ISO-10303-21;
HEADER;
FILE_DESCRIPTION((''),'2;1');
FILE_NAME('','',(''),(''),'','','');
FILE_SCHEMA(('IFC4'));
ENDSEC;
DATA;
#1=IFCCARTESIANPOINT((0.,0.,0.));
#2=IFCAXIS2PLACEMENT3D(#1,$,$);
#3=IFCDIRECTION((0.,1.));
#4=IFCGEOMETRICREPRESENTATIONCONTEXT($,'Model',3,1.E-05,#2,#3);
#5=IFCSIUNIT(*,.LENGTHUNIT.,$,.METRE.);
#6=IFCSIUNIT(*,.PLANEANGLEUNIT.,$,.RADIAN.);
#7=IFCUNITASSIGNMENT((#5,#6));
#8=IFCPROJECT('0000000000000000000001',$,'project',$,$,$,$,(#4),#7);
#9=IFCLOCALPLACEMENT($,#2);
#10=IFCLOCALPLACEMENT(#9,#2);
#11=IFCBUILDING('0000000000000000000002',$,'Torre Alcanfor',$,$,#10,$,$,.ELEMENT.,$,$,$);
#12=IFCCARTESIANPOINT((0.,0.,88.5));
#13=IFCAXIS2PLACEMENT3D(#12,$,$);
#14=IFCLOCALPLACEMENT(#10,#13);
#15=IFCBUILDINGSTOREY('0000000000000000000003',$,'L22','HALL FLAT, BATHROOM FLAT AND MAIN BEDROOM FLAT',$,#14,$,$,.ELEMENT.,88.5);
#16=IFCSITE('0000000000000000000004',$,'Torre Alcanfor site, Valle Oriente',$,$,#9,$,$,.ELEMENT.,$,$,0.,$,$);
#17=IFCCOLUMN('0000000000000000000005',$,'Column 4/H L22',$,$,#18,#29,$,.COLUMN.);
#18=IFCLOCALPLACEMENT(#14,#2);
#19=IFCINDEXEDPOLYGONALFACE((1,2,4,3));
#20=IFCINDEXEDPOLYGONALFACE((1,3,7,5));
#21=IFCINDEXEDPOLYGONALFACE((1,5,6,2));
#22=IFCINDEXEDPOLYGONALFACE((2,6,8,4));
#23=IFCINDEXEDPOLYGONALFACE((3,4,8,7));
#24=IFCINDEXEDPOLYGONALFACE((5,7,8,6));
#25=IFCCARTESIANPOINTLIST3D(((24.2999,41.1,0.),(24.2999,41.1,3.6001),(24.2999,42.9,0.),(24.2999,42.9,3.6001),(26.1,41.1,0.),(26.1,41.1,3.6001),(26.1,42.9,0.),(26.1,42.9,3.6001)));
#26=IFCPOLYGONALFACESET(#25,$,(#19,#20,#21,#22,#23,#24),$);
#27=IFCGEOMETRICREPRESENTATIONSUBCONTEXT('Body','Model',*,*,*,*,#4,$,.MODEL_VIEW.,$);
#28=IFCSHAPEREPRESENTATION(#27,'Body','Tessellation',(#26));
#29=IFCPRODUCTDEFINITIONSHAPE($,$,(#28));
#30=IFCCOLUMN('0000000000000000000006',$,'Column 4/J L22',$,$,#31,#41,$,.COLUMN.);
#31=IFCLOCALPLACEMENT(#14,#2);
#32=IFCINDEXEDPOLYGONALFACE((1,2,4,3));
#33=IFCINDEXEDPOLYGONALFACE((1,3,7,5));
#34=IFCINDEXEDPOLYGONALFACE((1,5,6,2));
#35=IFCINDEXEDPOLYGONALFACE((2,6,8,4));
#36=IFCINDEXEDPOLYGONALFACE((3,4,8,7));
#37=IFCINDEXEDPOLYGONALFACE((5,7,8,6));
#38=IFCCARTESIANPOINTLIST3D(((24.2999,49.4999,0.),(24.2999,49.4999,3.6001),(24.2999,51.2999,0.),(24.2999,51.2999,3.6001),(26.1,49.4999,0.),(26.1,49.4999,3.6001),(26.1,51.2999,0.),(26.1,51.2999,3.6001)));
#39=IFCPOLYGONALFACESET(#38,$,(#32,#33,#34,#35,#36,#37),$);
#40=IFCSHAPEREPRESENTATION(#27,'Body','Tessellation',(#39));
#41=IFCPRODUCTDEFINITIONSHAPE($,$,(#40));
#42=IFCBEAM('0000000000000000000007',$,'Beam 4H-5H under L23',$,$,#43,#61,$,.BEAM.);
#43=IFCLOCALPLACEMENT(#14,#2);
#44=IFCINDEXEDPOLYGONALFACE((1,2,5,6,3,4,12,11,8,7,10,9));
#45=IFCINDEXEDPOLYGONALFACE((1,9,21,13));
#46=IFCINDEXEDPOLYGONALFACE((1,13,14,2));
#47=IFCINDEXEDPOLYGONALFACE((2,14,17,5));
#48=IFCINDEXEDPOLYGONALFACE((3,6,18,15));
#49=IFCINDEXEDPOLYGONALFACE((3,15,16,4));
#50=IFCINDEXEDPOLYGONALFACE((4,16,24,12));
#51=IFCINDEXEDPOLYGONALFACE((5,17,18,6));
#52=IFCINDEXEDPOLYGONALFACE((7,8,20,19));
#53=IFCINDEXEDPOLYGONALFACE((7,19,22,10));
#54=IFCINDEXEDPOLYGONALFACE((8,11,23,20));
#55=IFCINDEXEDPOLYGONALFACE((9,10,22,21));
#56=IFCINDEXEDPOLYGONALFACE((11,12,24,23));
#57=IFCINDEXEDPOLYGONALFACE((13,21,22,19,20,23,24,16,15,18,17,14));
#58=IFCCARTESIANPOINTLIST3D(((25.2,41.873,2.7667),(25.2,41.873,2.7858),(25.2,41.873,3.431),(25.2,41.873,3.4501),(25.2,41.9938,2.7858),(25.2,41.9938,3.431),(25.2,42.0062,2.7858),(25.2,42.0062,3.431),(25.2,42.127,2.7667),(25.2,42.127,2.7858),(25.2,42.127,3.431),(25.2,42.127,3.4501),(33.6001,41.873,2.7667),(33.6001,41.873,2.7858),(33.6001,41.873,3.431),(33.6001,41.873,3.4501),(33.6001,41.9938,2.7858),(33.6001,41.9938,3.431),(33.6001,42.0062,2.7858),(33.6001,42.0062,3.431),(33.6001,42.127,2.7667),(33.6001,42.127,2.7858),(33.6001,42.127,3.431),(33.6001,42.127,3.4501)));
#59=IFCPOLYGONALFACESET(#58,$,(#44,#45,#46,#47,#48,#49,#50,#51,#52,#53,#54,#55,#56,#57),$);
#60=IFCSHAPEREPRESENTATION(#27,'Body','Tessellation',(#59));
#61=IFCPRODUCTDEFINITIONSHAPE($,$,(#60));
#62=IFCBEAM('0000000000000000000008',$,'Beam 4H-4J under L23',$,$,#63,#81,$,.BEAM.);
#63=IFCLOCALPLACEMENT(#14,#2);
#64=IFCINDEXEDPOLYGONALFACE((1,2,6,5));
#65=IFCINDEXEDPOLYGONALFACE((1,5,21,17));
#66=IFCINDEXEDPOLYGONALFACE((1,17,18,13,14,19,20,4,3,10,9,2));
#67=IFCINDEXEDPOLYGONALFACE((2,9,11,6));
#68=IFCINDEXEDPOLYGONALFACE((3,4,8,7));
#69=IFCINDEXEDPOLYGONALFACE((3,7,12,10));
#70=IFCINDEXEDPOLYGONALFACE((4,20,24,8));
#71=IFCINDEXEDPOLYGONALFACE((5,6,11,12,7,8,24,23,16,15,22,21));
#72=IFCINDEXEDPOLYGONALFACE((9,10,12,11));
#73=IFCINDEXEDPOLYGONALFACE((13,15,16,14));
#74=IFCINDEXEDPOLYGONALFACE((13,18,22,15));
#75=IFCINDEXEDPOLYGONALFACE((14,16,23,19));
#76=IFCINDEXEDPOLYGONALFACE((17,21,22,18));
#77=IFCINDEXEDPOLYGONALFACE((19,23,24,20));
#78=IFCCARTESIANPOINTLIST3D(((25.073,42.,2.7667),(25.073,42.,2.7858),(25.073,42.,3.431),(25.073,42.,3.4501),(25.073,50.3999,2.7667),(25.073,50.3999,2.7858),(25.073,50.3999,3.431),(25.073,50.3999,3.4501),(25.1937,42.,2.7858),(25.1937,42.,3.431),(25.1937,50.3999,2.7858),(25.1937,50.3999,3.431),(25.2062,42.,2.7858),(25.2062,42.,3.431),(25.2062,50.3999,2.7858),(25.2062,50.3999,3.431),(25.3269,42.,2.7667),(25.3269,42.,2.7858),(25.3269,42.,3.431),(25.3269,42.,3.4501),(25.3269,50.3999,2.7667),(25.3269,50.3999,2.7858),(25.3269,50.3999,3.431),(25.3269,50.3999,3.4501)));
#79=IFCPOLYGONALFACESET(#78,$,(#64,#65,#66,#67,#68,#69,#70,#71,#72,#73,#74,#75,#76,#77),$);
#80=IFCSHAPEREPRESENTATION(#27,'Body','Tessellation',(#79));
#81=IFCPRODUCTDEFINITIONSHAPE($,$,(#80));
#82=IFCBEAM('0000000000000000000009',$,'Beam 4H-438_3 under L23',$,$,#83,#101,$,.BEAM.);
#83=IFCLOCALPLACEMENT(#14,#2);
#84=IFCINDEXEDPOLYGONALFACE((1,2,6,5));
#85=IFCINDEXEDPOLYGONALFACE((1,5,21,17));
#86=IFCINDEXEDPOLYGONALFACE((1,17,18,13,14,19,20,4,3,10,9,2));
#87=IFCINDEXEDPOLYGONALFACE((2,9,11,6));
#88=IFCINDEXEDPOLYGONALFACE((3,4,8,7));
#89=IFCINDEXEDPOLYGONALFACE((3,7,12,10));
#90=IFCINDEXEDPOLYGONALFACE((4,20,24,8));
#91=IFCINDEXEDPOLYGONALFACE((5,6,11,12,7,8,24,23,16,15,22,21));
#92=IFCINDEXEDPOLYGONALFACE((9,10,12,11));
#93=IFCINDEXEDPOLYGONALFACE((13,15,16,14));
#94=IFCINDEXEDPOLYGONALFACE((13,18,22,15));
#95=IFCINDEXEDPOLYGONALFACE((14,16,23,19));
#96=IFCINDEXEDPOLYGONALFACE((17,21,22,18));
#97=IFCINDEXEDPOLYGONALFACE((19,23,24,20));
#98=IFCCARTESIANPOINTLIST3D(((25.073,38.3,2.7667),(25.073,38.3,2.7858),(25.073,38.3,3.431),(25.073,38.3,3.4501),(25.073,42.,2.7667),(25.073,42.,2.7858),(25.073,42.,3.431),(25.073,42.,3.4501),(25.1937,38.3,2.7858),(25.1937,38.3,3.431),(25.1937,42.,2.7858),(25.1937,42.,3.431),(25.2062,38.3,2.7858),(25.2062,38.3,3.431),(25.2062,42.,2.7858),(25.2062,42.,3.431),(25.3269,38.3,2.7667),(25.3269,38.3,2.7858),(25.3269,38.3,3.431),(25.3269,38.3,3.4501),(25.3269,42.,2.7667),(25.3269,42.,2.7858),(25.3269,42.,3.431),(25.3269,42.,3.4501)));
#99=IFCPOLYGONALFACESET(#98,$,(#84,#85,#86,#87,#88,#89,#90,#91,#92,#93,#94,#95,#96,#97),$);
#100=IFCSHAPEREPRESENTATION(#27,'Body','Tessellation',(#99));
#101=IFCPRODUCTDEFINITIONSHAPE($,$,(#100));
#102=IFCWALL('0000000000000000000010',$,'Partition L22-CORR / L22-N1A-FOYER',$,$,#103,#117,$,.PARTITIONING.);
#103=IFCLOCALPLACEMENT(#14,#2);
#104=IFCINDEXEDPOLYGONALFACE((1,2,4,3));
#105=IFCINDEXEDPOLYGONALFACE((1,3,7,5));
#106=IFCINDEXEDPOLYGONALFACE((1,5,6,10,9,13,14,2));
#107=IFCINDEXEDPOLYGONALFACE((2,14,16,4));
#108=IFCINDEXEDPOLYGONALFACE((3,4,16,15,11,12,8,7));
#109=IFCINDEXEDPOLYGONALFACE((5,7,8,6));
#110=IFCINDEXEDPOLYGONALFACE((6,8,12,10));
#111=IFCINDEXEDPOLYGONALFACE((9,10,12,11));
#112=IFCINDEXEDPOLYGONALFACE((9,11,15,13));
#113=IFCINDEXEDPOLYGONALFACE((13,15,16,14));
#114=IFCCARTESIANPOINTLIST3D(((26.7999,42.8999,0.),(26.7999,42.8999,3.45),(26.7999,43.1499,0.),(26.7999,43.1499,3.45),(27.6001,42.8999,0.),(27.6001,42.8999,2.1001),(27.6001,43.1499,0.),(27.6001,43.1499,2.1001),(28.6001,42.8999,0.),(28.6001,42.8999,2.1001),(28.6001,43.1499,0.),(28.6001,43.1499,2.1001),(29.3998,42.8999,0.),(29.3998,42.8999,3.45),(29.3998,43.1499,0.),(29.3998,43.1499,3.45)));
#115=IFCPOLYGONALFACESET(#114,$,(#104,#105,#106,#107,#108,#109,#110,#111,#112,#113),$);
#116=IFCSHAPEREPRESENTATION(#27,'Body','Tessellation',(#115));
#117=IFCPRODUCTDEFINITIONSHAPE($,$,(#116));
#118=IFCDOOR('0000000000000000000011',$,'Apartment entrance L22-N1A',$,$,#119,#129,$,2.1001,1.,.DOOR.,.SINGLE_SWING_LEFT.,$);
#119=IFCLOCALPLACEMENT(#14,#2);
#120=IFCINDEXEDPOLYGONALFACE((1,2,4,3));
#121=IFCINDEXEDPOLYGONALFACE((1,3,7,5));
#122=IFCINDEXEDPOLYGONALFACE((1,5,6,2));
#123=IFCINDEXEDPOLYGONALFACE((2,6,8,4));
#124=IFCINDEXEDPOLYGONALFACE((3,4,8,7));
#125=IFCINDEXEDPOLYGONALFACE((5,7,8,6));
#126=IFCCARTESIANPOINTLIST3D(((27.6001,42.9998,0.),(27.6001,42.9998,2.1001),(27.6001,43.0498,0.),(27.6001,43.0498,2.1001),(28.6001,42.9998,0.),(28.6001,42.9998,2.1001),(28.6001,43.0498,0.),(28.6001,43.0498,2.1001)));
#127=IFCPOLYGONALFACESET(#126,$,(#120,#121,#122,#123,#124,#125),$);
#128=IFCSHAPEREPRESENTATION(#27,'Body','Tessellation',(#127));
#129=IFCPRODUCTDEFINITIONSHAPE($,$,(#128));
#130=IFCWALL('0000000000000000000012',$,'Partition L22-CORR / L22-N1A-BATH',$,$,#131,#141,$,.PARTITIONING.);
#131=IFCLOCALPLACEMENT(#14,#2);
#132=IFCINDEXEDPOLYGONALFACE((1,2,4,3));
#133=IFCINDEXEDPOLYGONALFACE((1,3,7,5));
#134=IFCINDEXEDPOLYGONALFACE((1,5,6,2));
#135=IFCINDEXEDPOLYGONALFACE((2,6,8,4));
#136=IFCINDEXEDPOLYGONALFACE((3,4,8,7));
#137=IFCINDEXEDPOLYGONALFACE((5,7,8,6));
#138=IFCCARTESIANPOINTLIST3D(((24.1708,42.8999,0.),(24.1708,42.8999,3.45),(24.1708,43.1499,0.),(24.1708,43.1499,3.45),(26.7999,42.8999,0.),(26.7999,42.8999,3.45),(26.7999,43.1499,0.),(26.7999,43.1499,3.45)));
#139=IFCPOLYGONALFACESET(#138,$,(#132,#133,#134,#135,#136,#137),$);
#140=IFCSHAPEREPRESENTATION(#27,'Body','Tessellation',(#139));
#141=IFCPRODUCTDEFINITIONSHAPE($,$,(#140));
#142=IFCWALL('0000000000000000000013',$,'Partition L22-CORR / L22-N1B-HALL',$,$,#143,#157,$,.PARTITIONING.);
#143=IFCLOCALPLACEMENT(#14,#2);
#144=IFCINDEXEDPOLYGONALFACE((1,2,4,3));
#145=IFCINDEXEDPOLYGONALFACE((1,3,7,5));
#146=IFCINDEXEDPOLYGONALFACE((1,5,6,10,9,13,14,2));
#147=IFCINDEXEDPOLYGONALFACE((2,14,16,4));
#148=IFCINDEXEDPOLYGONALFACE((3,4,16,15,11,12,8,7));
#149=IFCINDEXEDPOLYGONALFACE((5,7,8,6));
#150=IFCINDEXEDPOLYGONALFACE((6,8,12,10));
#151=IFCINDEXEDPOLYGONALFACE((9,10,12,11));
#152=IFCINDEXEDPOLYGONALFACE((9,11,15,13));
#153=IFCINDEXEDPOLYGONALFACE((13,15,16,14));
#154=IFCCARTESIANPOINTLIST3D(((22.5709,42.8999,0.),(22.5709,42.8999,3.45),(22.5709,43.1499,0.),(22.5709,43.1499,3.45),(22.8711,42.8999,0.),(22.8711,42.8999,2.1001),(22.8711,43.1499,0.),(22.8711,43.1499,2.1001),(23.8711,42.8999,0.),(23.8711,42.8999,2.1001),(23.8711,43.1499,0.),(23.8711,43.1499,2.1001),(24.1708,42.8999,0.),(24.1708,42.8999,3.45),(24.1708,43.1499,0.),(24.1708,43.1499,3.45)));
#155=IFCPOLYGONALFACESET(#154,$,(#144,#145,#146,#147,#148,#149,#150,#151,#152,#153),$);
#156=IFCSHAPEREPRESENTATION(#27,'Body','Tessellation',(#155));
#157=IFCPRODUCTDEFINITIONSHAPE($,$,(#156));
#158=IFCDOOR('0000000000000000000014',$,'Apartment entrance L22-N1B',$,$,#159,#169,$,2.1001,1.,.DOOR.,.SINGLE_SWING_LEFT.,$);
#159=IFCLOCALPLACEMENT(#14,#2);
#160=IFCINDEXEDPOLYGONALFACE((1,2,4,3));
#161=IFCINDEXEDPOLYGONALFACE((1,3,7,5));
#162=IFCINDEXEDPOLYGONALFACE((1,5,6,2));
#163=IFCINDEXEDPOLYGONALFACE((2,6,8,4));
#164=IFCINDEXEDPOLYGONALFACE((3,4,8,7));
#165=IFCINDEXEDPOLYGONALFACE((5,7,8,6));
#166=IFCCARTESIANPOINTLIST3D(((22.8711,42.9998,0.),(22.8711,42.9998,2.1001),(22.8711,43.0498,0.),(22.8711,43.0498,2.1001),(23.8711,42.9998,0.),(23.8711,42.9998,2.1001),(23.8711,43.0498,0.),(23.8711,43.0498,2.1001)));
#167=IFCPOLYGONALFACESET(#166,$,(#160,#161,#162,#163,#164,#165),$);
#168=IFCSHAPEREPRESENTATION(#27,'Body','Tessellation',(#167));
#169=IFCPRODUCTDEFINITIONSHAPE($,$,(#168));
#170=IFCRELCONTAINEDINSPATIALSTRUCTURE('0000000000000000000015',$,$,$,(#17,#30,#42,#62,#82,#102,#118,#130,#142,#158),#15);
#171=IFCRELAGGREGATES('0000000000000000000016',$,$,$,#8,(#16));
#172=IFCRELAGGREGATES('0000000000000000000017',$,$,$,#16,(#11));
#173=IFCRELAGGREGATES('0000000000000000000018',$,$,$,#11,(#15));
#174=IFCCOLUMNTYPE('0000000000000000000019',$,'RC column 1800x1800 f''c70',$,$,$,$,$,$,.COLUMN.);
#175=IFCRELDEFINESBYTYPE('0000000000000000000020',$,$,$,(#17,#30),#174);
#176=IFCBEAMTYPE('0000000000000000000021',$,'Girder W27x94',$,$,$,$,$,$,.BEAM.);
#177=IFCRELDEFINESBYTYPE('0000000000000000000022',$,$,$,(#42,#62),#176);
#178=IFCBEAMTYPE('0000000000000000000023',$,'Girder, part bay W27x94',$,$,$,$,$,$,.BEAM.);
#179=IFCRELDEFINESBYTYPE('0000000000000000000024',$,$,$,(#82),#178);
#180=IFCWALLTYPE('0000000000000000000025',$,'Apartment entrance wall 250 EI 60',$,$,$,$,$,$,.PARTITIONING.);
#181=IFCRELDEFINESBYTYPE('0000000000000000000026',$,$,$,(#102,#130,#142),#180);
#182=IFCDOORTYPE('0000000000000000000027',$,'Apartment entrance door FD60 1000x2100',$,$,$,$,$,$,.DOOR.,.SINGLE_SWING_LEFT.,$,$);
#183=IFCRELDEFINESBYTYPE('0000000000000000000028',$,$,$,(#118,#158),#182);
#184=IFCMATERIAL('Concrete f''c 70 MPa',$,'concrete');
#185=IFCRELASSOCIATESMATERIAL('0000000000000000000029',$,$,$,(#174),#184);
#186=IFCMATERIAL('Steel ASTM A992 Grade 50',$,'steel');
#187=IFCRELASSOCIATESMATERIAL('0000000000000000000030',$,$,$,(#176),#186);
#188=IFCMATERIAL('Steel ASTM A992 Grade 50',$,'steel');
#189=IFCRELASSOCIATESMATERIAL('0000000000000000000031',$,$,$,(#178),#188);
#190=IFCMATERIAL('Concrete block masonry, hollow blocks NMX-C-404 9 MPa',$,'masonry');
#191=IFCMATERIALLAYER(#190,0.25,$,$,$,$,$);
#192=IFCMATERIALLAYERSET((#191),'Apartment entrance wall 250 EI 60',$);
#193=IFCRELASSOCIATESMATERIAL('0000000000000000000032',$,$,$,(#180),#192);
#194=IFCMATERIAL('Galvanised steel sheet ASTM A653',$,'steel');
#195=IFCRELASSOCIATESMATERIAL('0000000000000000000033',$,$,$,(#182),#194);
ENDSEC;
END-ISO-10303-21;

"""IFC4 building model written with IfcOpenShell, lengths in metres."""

from ifc_helpers import new_model, si_unit, direction, frame, frame_2d, origin, origin_2d, place, context, subcontext, project, spatial, rectangle, i_section, extrude, material, layer, layer_set, material_profile, profile_set, type_object, element, fill, save


model = new_model("IFC4")

# Units and contexts
model_context = context("Model", 3, precision=1e-05, world=origin(), true_north=direction((0.0, 1.0)))
body_context = subcontext(model_context, "Body", "Model", "MODEL_VIEW")
ifc_project = project(units=[si_unit("LENGTHUNIT", "METRE"), si_unit("PLANEANGLEUNIT", "RADIAN")], contexts=[model_context])

# Site, building, storey
site_placement = place(None, origin())
site = spatial("IfcSite", under=ifc_project, at=site_placement, Name="Torre Alcanfor site, Valle Oriente", CompositionType="ELEMENT", RefElevation=0.0)
building_placement = place(site_placement, origin())
building = spatial("IfcBuilding", under=site, at=building_placement, Name="Torre Alcanfor", CompositionType="ELEMENT")
storey_placement = place(building_placement, frame((0.0, 0.0, 88.5)))
storey = spatial("IfcBuildingStorey", under=building, at=storey_placement, Name="L22", Description="HALL FLAT, BATHROOM FLAT AND MAIN BEDROOM FLAT", CompositionType="ELEMENT", Elevation=88.5)

# Columns
ifc_material_1 = material(Name="Concrete f'c 70 MPa", Category="concrete")
ifc_material_profile_1 = material_profile(ifc_material_1, rectangle(XDim=1.8, YDim=1.8, at=origin_2d()), Name="1800x1800")
ifc_profile_set_1 = profile_set([ifc_material_profile_1], Name="Concrete f'c 70 MPa")
column_type = type_object("IfcColumnType", Name="RC column 1800x1800 f'c70", PredefinedType="COLUMN", material=ifc_profile_set_1)
for number, where, z_axis, x_axis, name in (
    (1, (25.2, 42.0, 0.0), (0.0, 0.0, 1.0), (1.0, 0.0, 0.0), "Column 4/H L22"),
    (2, (25.2, 50.3999, 0.0), (0.0, 0.0, 1.0), (1.0, 0.0, 0.0), "Column 4/J L22"),
):
    element("IfcColumn", number, at=place(storey_placement, frame(where, z_axis=z_axis, x_axis=x_axis)), inside=storey, type_object=column_type, Name=name, PredefinedType="COLUMN", context=body_context, shape_type="SweptSolid", body=[
        extrude(rectangle(XDim=1.8, YDim=1.8, at=origin_2d()), origin(), (0.0, 0.0, 1.0), 3.6001),
    ])

# Beams
ifc_material_2 = material(Name="Steel ASTM A992 Grade 50", Category="steel")
ifc_material_profile_2 = material_profile(ifc_material_2, i_section(OverallWidth=0.2539, OverallDepth=0.6833, WebThickness=0.0125, FlangeThickness=0.019, at=origin_2d()), Name="W27x94")
ifc_profile_set_2 = profile_set([ifc_material_profile_2], Name="Steel ASTM A992 Grade 50")
beam_type_1 = type_object("IfcBeamType", Name="Girder W27x94", PredefinedType="BEAM", material=ifc_profile_set_2)
beam_1_placement = place(storey_placement, frame((25.2, 42.0, 3.1084), z_axis=(1.0, 0.0, 0.0), x_axis=(0.0, 1.0, 0.0)))
element("IfcBeam", 3, at=beam_1_placement, inside=storey, type_object=beam_type_1, Name="Beam 4H-5H under L23", PredefinedType="BEAM", context=body_context, shape_type="SweptSolid", body=[
    extrude(i_section(OverallWidth=0.2539, OverallDepth=0.6833, WebThickness=0.0125, FlangeThickness=0.019, at=origin_2d()), origin(), (0.0, 0.0, 1.0), 8.4001),
])
beam_2_placement = place(storey_placement, frame((25.2, 42.0, 3.1084), z_axis=(0.0, 1.0, 0.0), x_axis=(-1.0, 0.0, 0.0)))
element("IfcBeam", 4, at=beam_2_placement, inside=storey, type_object=beam_type_1, Name="Beam 4H-4J under L23", PredefinedType="BEAM", context=body_context, shape_type="SweptSolid", body=[
    extrude(i_section(OverallWidth=0.2539, OverallDepth=0.6833, WebThickness=0.0125, FlangeThickness=0.019, at=origin_2d()), origin(), (0.0, 0.0, 1.0), 8.3999),
])
ifc_material_3 = material(Name="Steel ASTM A992 Grade 50", Category="steel")
ifc_material_profile_3 = material_profile(ifc_material_3, i_section(OverallWidth=0.2539, OverallDepth=0.6833, WebThickness=0.0125, FlangeThickness=0.019, at=origin_2d()), Name="W27x94")
ifc_profile_set_3 = profile_set([ifc_material_profile_3], Name="Steel ASTM A992 Grade 50")
beam_type_2 = type_object("IfcBeamType", Name="Girder, part bay W27x94", PredefinedType="BEAM", material=ifc_profile_set_3)
beam_3_placement = place(storey_placement, frame((25.2, 42.0, 3.1084), z_axis=(0.0, -1.0, 0.0), x_axis=(1.0, 0.0, 0.0)))
element("IfcBeam", 5, at=beam_3_placement, inside=storey, type_object=beam_type_2, Name="Beam 4H-438_3 under L23", PredefinedType="BEAM", context=body_context, shape_type="SweptSolid", body=[
    extrude(i_section(OverallWidth=0.2539, OverallDepth=0.6833, WebThickness=0.0125, FlangeThickness=0.019, at=origin_2d()), origin(), (0.0, 0.0, 1.0), 3.7),
])

# Wall, opening, door
ifc_material_4 = material(Name="Concrete block masonry, hollow blocks NMX-C-404 9 MPa", Category="masonry")
ifc_layer_1 = layer(ifc_material_4, 0.25)
ifc_layer_set_1 = layer_set([ifc_layer_1], Name="Apartment entrance wall 250 EI 60")
wall_type_1 = type_object("IfcWallType", Name="Apartment entrance wall 250 EI 60", PredefinedType="PARTITIONING", material=ifc_layer_set_1)
wall_1_placement = place(storey_placement, frame((26.8, 43.0249, 0.0), z_axis=(0.0, 0.0, 1.0), x_axis=(1.0, 0.0, 0.0)))
wall_1 = element("IfcWall", 6, at=wall_1_placement, inside=storey, type_object=wall_type_1, Name="Partition L22-CORR / L22-N1A-FOYER", PredefinedType="PARTITIONING", context=body_context, shape_type="SweptSolid", body=[
    extrude(rectangle(XDim=2.5999, YDim=0.25, at=frame_2d((1.2998, 0.0))), origin(), (0.0, 0.0, 1.0), 3.45),
])
opening_1_placement = place(wall_1_placement, frame((0.8, 0.0, 0.0)))
opening_1 = element("IfcOpeningElement", 7, at=opening_1_placement, cuts=wall_1, PredefinedType="OPENING", context=body_context, shape_type="SweptSolid", body=[
    extrude(rectangle(XDim=1.0, YDim=2.1001, at=frame_2d((0.5, 1.05))), frame((0.0, 0.135, 0.0), z_axis=(0.0, -1.0, 0.0), x_axis=(1.0, 0.0, 0.0)), (0.0, 0.0, 1.0), 0.27),
])
ifc_material_5 = material(Name="Galvanised steel sheet ASTM A653", Category="steel")
door_type_1 = type_object("IfcDoorType", Name="Apartment entrance door FD60 1000x2100", OperationType="SINGLE_SWING_LEFT", PredefinedType="DOOR", material=ifc_material_5)
door_1_placement = place(opening_1_placement, origin())
door_1 = element("IfcDoor", 8, at=door_1_placement, inside=storey, type_object=door_type_1, Name="Apartment entrance L22-N1A", OperationType="SINGLE_SWING_LEFT", OverallHeight=2.1001, OverallWidth=1.0, PredefinedType="DOOR", context=body_context, shape_type="SweptSolid", body=[
    extrude(rectangle(XDim=1.0, YDim=2.1001, at=frame_2d((0.5, 1.05))), frame((0.0, 0.0249, 0.0), z_axis=(0.0, -1.0, 0.0), x_axis=(1.0, 0.0, 0.0)), (0.0, 0.0, 1.0), 0.05),
])
fill(opening_1, door_1)

# Wall
wall_2_placement = place(storey_placement, frame((24.1709, 43.0249, 0.0), z_axis=(0.0, 0.0, 1.0), x_axis=(1.0, 0.0, 0.0)))
element("IfcWall", 9, at=wall_2_placement, inside=storey, type_object=wall_type_1, Name="Partition L22-CORR / L22-N1A-BATH", PredefinedType="PARTITIONING", context=body_context, shape_type="SweptSolid", body=[
    extrude(rectangle(XDim=2.6292, YDim=0.25, at=frame_2d((1.3145, 0.0))), origin(), (0.0, 0.0, 1.0), 3.45),
])

# Wall, opening, door
wall_3_placement = place(storey_placement, frame((22.571, 43.0249, 0.0), z_axis=(0.0, 0.0, 1.0), x_axis=(1.0, 0.0, 0.0)))
wall_3 = element("IfcWall", 10, at=wall_3_placement, inside=storey, type_object=wall_type_1, Name="Partition L22-CORR / L22-N1B-HALL", PredefinedType="PARTITIONING", context=body_context, shape_type="SweptSolid", body=[
    extrude(rectangle(XDim=1.5999, YDim=0.25, at=frame_2d((0.7998, 0.0))), origin(), (0.0, 0.0, 1.0), 3.45),
])
opening_2_placement = place(wall_3_placement, frame((0.3, 0.0, 0.0)))
opening_2 = element("IfcOpeningElement", 11, at=opening_2_placement, cuts=wall_3, PredefinedType="OPENING", context=body_context, shape_type="SweptSolid", body=[
    extrude(rectangle(XDim=1.0, YDim=2.1001, at=frame_2d((0.5, 1.05))), frame((0.0, 0.135, 0.0), z_axis=(0.0, -1.0, 0.0), x_axis=(1.0, 0.0, 0.0)), (0.0, 0.0, 1.0), 0.27),
])
door_2_placement = place(opening_2_placement, origin())
door_2 = element("IfcDoor", 12, at=door_2_placement, inside=storey, type_object=door_type_1, Name="Apartment entrance L22-N1B", OperationType="SINGLE_SWING_LEFT", OverallHeight=2.1001, OverallWidth=1.0, PredefinedType="DOOR", context=body_context, shape_type="SweptSolid", body=[
    extrude(rectangle(XDim=1.0, YDim=2.1001, at=frame_2d((0.5, 1.05))), frame((0.0, 0.0249, 0.0), z_axis=(0.0, -1.0, 0.0), x_axis=(1.0, 0.0, 0.0)), (0.0, 0.0, 1.0), 0.05),
])
fill(opening_2, door_2)

save(model, "model.ifc")
